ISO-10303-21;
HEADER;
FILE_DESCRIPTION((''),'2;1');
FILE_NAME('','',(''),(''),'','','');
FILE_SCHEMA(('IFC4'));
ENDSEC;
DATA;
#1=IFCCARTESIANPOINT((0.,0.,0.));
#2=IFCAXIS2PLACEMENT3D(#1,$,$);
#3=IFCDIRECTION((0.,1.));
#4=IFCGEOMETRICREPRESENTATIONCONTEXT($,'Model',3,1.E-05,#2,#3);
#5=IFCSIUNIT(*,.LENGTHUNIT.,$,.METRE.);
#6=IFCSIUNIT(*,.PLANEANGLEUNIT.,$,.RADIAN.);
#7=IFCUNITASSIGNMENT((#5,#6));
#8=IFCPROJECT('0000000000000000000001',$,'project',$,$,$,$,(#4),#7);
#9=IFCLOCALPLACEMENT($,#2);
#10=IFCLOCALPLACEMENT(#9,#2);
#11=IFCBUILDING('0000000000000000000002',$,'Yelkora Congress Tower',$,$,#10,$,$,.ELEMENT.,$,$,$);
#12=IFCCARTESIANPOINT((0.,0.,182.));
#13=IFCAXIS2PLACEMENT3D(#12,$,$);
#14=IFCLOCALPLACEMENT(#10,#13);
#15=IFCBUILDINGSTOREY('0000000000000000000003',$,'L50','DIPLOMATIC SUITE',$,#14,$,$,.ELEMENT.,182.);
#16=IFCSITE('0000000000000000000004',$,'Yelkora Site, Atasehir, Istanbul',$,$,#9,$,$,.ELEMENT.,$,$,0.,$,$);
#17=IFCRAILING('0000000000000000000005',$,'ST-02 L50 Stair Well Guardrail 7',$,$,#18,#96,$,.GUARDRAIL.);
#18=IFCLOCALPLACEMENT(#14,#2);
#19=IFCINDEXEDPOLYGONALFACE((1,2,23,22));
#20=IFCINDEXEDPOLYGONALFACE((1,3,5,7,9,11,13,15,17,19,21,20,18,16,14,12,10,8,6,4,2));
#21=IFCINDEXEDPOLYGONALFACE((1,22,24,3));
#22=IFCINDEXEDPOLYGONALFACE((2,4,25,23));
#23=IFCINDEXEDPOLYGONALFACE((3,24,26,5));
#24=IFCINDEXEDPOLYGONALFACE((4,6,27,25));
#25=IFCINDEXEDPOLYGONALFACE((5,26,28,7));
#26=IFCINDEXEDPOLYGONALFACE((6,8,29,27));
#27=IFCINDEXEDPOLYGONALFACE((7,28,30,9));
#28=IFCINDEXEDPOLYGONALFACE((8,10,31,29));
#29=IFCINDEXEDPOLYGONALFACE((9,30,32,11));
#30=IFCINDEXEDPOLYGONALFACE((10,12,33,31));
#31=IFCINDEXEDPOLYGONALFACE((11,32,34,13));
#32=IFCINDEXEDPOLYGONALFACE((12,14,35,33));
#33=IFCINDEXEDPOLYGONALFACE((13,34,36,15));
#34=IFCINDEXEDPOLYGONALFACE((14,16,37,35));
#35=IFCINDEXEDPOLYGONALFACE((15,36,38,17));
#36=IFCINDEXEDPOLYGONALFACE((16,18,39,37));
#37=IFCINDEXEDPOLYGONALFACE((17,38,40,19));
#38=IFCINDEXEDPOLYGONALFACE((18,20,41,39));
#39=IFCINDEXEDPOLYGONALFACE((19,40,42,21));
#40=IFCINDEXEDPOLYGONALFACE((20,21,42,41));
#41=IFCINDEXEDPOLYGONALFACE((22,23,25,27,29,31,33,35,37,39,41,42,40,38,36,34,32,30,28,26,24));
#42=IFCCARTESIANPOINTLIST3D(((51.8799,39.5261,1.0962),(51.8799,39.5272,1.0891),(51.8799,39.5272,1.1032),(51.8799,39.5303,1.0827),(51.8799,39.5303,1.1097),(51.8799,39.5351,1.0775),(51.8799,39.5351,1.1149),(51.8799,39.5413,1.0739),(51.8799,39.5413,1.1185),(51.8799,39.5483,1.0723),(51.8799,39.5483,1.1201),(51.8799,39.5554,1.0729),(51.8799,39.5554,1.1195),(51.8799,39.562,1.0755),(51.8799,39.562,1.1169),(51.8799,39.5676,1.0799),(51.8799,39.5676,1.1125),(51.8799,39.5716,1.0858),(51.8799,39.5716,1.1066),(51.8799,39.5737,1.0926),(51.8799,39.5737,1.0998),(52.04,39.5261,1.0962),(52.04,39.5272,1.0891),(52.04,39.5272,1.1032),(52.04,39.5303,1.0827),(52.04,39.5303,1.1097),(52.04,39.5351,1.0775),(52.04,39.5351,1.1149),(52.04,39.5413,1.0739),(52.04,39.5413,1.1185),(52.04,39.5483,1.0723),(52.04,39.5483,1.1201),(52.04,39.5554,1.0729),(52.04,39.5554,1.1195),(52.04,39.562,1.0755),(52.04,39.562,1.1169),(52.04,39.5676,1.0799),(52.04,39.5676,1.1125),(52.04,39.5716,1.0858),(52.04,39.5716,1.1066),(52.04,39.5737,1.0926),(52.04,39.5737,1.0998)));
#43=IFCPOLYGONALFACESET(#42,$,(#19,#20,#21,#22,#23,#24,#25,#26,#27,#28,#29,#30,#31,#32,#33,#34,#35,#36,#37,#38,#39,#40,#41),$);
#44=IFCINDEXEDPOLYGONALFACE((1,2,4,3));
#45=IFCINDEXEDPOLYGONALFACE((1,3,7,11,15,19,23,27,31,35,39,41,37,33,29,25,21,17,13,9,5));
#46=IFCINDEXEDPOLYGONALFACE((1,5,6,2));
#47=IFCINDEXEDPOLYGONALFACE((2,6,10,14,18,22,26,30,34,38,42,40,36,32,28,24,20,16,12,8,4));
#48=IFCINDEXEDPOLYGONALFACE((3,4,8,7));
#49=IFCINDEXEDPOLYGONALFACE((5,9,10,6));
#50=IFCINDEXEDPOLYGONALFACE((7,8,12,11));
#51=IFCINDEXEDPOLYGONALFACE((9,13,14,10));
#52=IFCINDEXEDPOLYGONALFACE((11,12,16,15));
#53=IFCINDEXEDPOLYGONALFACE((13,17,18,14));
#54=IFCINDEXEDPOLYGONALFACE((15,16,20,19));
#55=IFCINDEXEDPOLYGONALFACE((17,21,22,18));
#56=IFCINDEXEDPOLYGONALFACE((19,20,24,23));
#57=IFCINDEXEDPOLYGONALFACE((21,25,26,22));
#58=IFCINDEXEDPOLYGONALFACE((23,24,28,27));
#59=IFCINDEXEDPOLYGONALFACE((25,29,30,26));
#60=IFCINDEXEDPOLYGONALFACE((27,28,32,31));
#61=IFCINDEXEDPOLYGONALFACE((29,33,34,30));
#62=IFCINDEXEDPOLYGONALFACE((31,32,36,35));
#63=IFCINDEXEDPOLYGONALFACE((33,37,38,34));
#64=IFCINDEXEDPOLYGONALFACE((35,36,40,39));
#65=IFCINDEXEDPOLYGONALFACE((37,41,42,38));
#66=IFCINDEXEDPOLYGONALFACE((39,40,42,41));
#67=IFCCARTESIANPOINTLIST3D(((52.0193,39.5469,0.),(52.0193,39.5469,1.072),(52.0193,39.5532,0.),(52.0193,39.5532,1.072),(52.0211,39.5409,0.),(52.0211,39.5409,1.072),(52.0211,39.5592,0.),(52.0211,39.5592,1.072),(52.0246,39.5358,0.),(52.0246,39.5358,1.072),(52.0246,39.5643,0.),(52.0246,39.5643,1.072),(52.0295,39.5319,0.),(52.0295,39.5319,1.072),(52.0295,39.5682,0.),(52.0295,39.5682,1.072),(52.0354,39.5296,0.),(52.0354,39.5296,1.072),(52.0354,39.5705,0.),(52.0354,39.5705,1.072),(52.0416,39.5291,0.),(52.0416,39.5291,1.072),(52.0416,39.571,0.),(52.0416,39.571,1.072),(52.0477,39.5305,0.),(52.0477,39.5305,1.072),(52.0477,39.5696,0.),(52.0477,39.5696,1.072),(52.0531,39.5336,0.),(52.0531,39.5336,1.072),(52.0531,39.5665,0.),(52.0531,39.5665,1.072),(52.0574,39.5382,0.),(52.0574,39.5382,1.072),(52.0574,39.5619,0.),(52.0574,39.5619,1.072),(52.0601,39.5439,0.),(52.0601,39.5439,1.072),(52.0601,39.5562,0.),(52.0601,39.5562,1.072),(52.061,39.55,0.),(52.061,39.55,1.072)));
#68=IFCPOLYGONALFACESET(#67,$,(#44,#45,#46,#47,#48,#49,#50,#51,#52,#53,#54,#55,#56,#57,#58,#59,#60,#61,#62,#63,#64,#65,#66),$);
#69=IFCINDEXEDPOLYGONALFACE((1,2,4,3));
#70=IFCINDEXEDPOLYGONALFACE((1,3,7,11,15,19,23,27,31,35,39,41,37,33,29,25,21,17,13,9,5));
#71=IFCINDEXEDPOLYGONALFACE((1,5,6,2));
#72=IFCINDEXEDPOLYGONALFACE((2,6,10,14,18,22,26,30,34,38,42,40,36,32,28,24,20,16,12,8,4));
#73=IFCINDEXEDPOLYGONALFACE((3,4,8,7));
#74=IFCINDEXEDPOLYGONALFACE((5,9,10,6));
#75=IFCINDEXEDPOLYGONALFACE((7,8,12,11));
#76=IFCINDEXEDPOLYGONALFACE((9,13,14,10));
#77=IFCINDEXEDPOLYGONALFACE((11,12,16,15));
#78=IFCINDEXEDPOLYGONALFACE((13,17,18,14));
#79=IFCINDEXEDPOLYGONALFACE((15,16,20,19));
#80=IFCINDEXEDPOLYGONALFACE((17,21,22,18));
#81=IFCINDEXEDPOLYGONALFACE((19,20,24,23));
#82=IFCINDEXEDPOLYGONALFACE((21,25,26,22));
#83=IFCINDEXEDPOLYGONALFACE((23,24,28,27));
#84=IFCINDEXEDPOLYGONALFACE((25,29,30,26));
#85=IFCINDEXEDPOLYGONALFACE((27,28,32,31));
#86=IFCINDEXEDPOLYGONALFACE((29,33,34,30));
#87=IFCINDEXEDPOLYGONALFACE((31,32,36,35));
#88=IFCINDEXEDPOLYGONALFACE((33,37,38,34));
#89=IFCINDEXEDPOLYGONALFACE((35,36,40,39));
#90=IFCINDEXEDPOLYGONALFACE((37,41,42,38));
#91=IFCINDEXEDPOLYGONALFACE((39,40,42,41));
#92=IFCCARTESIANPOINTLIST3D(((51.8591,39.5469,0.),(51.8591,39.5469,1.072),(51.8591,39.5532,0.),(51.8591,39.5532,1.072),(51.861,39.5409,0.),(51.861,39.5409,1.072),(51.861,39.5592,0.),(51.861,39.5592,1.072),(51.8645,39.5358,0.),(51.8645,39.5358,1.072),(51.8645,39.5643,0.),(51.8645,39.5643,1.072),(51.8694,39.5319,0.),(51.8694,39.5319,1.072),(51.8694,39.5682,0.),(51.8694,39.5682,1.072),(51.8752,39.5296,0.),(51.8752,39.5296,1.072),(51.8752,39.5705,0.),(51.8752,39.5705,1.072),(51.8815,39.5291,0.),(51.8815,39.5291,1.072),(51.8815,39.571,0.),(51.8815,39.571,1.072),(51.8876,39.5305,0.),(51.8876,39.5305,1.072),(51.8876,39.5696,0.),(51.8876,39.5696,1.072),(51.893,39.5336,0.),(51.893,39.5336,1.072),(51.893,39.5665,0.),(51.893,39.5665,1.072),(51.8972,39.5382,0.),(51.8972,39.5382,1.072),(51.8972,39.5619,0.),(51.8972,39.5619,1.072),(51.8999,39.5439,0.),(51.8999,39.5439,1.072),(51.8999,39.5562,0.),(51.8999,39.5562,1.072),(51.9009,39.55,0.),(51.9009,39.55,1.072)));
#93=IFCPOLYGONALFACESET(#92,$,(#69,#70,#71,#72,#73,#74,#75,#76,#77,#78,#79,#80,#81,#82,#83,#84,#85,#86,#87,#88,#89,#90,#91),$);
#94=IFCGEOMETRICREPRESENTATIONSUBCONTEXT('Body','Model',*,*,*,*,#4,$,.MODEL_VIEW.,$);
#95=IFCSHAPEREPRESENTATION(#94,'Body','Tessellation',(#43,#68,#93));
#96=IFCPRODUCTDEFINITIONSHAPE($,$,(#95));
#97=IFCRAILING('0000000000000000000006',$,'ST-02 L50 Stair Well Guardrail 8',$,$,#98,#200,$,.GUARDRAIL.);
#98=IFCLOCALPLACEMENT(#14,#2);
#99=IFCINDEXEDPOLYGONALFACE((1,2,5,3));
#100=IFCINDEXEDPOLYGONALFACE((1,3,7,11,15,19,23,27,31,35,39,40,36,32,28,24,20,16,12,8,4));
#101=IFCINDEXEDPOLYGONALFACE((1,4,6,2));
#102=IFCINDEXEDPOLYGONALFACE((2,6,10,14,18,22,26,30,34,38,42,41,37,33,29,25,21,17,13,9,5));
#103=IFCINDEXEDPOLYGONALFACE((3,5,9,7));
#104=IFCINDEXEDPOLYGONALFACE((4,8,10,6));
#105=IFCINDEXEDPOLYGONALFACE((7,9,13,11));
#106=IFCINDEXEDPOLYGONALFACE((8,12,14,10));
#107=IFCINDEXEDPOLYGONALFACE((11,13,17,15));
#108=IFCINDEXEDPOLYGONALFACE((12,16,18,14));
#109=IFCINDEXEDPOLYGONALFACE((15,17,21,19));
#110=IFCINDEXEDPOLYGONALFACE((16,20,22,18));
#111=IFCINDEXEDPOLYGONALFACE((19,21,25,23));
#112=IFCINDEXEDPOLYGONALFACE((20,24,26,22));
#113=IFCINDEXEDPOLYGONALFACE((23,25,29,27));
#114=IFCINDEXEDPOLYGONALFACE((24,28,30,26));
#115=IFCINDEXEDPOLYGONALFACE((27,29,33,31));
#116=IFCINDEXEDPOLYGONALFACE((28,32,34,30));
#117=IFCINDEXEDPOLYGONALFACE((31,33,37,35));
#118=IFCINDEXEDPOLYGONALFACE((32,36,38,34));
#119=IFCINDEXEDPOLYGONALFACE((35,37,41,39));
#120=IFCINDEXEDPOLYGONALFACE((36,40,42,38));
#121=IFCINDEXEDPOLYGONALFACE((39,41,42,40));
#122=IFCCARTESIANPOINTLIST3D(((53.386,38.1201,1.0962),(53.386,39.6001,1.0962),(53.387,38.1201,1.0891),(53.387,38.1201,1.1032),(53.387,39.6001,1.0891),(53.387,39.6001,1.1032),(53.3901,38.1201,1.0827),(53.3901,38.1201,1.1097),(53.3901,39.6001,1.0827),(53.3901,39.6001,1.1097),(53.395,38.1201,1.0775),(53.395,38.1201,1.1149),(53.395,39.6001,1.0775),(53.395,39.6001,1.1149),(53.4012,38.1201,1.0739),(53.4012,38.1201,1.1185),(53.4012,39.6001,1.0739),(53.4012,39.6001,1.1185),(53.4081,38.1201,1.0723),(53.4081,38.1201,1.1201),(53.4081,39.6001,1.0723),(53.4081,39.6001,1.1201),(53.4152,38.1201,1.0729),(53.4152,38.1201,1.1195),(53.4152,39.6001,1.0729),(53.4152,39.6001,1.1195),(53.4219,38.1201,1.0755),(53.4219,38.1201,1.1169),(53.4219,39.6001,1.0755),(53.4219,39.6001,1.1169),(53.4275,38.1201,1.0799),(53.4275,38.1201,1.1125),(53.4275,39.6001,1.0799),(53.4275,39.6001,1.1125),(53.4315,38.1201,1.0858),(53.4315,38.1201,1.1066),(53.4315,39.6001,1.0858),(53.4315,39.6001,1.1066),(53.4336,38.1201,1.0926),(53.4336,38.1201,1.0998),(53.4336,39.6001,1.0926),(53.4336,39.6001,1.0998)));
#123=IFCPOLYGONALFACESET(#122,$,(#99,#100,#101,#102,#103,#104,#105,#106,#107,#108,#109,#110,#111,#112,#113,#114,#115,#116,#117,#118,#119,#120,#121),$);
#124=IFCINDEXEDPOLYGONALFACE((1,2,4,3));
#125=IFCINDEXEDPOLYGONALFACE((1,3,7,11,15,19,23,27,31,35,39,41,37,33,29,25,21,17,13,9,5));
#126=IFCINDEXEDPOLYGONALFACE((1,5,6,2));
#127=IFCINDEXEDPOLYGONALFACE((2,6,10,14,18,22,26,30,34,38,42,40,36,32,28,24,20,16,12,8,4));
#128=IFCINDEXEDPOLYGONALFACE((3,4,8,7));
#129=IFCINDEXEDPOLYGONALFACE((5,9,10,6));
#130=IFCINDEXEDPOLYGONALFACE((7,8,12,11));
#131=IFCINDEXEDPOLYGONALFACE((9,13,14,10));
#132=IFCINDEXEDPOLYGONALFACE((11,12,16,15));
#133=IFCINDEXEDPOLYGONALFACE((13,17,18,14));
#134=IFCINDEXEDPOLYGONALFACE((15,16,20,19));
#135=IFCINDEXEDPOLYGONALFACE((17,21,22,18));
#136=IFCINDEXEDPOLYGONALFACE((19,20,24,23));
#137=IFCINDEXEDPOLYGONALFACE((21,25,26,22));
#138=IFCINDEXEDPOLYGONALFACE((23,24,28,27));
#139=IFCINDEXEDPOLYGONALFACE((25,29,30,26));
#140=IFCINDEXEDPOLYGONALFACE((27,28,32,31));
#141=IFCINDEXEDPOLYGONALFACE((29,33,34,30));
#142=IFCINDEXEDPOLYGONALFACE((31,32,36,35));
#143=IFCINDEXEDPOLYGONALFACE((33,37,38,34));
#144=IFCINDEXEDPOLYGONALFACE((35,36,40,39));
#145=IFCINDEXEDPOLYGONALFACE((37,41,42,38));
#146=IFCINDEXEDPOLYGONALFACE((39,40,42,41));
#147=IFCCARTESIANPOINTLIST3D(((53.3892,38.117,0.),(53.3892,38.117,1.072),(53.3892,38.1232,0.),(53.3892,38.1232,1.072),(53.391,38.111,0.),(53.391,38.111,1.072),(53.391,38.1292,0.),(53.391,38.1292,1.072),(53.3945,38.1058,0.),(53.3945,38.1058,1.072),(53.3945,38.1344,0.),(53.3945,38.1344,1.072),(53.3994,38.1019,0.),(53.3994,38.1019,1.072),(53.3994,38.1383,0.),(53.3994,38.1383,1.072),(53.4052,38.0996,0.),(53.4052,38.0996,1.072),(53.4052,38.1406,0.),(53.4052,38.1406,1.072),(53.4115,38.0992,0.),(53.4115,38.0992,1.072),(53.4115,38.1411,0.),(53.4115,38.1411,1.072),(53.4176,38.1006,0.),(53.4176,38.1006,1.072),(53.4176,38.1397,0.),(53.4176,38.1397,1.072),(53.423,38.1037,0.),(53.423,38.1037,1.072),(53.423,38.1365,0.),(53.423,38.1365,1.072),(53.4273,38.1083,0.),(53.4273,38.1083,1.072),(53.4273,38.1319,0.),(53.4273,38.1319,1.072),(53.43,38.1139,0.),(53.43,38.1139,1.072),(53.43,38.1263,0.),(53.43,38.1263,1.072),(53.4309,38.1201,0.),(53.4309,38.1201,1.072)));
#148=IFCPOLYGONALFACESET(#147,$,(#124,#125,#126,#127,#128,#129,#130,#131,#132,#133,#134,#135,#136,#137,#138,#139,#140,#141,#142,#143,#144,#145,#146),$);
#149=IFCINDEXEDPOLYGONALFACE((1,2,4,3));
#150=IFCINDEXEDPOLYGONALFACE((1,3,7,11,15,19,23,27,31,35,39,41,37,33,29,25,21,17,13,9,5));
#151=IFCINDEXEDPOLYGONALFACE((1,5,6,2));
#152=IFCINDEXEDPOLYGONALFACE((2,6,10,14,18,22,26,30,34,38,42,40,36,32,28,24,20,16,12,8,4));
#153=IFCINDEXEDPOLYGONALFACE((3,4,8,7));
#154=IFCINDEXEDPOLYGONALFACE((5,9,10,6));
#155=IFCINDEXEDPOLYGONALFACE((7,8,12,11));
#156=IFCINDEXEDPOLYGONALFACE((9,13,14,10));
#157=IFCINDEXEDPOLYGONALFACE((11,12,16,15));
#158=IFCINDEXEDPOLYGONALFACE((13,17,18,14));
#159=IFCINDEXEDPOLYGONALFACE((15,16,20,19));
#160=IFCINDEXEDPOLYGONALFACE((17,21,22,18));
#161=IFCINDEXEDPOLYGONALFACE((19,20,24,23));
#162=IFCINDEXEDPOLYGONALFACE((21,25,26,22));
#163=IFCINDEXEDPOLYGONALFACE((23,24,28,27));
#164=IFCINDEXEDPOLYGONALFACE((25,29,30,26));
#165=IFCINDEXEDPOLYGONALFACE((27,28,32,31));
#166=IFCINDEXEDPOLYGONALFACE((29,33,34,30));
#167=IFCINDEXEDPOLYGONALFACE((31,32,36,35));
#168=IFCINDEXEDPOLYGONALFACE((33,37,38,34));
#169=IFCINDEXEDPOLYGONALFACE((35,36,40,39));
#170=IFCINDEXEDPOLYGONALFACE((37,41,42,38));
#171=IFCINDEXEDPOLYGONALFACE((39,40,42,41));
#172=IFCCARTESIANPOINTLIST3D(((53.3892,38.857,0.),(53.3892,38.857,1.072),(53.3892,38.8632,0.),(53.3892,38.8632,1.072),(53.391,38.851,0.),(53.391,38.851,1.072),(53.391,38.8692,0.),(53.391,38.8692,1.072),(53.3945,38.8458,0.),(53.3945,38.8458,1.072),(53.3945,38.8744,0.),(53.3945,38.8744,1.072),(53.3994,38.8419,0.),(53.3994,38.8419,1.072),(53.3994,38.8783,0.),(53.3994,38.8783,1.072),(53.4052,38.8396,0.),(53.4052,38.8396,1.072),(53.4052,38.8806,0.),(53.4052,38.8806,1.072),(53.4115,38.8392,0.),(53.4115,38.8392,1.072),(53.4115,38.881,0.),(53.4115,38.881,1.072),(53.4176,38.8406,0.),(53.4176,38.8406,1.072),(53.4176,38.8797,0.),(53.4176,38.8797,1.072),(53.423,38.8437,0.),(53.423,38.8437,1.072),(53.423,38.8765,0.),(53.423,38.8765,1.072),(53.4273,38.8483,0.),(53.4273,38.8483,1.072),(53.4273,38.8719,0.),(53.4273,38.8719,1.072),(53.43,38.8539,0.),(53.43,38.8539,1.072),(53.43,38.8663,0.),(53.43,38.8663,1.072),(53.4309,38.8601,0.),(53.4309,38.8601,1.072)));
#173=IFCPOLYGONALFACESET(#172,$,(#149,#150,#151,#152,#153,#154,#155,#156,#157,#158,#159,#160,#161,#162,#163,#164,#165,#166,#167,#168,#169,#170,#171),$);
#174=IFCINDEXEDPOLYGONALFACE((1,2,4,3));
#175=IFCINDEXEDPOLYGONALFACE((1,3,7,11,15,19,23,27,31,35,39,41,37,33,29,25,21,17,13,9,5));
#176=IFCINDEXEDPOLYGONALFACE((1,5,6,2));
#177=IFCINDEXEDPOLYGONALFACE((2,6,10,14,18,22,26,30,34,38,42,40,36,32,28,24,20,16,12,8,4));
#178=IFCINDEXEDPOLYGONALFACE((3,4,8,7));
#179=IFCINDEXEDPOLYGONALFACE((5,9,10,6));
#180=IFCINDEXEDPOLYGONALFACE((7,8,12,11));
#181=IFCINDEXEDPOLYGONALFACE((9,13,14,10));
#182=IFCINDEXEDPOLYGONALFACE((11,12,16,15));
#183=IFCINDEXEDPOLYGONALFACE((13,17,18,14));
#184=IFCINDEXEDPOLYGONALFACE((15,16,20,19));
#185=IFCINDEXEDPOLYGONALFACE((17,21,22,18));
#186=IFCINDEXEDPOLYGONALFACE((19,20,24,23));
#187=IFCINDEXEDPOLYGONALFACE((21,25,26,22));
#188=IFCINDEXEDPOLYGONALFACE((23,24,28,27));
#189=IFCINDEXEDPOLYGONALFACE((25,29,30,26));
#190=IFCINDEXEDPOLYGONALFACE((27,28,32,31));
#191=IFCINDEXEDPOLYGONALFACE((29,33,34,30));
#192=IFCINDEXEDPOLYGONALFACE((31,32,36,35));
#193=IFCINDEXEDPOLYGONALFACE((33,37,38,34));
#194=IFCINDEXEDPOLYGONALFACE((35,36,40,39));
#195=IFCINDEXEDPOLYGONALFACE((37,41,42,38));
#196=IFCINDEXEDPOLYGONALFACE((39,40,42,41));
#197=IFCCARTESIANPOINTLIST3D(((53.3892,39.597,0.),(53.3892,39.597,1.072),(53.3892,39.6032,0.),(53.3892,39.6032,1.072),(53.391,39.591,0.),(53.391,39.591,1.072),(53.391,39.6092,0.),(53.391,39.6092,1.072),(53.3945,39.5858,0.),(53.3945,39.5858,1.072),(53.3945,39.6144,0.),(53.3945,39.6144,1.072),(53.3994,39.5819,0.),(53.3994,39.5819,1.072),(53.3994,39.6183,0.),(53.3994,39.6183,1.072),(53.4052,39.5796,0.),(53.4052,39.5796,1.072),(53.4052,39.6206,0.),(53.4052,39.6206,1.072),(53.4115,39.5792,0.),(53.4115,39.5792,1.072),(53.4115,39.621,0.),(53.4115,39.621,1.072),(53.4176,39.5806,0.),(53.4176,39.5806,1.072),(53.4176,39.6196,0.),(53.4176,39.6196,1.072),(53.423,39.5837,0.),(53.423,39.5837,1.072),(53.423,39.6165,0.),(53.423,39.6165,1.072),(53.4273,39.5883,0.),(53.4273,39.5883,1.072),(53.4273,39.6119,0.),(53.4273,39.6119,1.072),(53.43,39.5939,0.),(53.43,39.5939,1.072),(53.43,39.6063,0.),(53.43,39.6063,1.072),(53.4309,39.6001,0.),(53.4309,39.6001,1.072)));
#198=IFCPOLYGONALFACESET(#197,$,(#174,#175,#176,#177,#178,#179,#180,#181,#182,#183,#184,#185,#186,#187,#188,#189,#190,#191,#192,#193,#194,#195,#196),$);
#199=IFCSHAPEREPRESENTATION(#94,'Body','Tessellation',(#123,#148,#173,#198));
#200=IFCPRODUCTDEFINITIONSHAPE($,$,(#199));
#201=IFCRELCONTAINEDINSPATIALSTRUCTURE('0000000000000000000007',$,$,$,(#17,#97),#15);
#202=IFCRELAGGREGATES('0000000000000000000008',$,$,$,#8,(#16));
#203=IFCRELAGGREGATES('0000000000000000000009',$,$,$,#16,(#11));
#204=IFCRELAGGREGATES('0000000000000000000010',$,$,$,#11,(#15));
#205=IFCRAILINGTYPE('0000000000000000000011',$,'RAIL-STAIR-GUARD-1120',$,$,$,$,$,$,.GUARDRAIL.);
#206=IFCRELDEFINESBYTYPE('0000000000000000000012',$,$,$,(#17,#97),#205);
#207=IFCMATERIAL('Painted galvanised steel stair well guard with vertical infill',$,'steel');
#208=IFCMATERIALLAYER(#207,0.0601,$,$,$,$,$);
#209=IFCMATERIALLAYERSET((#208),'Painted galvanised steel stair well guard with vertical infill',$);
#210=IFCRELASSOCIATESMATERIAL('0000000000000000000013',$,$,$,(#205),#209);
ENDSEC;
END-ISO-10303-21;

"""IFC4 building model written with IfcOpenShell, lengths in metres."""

from ifc_helpers import new_model, si_unit, direction, frame, origin, origin_2d, place, context, subcontext, project, spatial, circle, extrude, material, layer, layer_set, type_object, element, save


model = new_model("IFC4")

# Units and contexts
model_context = context("Model", 3, precision=1e-05, world=origin(), true_north=direction((0.0, 1.0)))
body_context = subcontext(model_context, "Body", "Model", "MODEL_VIEW")
ifc_project = project(units=[si_unit("LENGTHUNIT", "METRE"), si_unit("PLANEANGLEUNIT", "RADIAN")], contexts=[model_context])

# Site, building, storey
site_placement = place(None, origin())
site = spatial("IfcSite", under=ifc_project, at=site_placement, Name="Yelkora Site, Atasehir, Istanbul", CompositionType="ELEMENT", RefElevation=0.0)
building_placement = place(site_placement, origin())
building = spatial("IfcBuilding", under=site, at=building_placement, Name="Yelkora Congress Tower", CompositionType="ELEMENT")
storey_placement = place(building_placement, frame((0.0, 0.0, 182.0)))
storey = spatial("IfcBuildingStorey", under=building, at=storey_placement, Name="L50", Description="DIPLOMATIC SUITE", CompositionType="ELEMENT", Elevation=182.0)

# Railings
ifc_material_1 = material(Name="Painted galvanised steel stair well guard with vertical infill", Category="steel")
ifc_layer_1 = layer(ifc_material_1, 0.0601)
ifc_layer_set_1 = layer_set([ifc_layer_1], Name="Painted galvanised steel stair well guard with vertical infill")
railing_type_1 = type_object("IfcRailingType", Name="RAIL-STAIR-GUARD-1120", PredefinedType="GUARDRAIL", material=ifc_layer_set_1)
railing_1_placement = place(storey_placement, frame((52.04, 39.55, 0.0)))
element("IfcRailing", 1, at=railing_1_placement, inside=storey, type_object=railing_type_1, Name="ST-02 L50 Stair Well Guardrail 7", PredefinedType="GUARDRAIL", context=body_context, shape_type="SweptSolid", body=[
    extrude(circle(Radius=0.0239, at=origin_2d()), frame((0.0, 0.0, 1.0962), z_axis=(-1.0, 0.0, 0.0), x_axis=(0.0, -1.0, 0.0)), (0.0, 0.0, 1.0), 0.1602),
    extrude(circle(Radius=0.021, at=origin_2d()), origin(), (0.0, 0.0, 1.0), 1.072),
    extrude(circle(Radius=0.021, at=origin_2d()), frame((-0.1602, 0.0, 0.0)), (0.0, 0.0, 1.0), 1.072),
])
for number, where, name in (
    (2, (53.4099, 38.1201, 0.0), "ST-02 L50 Stair Well Guardrail 8"),
):
    element("IfcRailing", number, at=place(storey_placement, frame(where)), inside=storey, type_object=railing_type_1, Name=name, PredefinedType="GUARDRAIL", context=body_context, shape_type="SweptSolid", body=[
        extrude(circle(Radius=0.0239, at=origin_2d()), frame((0.0, 0.0, 1.0962), z_axis=(0.0, 1.0, 0.0), x_axis=(-1.0, 0.0, 0.0)), (0.0, 0.0, 1.0), 1.48),
        extrude(circle(Radius=0.021, at=origin_2d()), origin(), (0.0, 0.0, 1.0), 1.072),
        extrude(circle(Radius=0.021, at=origin_2d()), frame((0.0, 0.74, 0.0)), (0.0, 0.0, 1.0), 1.072),
        extrude(circle(Radius=0.021, at=origin_2d()), frame((0.0, 1.48, 0.0)), (0.0, 0.0, 1.0), 1.072),
    ])

save(model, "model.ifc")
